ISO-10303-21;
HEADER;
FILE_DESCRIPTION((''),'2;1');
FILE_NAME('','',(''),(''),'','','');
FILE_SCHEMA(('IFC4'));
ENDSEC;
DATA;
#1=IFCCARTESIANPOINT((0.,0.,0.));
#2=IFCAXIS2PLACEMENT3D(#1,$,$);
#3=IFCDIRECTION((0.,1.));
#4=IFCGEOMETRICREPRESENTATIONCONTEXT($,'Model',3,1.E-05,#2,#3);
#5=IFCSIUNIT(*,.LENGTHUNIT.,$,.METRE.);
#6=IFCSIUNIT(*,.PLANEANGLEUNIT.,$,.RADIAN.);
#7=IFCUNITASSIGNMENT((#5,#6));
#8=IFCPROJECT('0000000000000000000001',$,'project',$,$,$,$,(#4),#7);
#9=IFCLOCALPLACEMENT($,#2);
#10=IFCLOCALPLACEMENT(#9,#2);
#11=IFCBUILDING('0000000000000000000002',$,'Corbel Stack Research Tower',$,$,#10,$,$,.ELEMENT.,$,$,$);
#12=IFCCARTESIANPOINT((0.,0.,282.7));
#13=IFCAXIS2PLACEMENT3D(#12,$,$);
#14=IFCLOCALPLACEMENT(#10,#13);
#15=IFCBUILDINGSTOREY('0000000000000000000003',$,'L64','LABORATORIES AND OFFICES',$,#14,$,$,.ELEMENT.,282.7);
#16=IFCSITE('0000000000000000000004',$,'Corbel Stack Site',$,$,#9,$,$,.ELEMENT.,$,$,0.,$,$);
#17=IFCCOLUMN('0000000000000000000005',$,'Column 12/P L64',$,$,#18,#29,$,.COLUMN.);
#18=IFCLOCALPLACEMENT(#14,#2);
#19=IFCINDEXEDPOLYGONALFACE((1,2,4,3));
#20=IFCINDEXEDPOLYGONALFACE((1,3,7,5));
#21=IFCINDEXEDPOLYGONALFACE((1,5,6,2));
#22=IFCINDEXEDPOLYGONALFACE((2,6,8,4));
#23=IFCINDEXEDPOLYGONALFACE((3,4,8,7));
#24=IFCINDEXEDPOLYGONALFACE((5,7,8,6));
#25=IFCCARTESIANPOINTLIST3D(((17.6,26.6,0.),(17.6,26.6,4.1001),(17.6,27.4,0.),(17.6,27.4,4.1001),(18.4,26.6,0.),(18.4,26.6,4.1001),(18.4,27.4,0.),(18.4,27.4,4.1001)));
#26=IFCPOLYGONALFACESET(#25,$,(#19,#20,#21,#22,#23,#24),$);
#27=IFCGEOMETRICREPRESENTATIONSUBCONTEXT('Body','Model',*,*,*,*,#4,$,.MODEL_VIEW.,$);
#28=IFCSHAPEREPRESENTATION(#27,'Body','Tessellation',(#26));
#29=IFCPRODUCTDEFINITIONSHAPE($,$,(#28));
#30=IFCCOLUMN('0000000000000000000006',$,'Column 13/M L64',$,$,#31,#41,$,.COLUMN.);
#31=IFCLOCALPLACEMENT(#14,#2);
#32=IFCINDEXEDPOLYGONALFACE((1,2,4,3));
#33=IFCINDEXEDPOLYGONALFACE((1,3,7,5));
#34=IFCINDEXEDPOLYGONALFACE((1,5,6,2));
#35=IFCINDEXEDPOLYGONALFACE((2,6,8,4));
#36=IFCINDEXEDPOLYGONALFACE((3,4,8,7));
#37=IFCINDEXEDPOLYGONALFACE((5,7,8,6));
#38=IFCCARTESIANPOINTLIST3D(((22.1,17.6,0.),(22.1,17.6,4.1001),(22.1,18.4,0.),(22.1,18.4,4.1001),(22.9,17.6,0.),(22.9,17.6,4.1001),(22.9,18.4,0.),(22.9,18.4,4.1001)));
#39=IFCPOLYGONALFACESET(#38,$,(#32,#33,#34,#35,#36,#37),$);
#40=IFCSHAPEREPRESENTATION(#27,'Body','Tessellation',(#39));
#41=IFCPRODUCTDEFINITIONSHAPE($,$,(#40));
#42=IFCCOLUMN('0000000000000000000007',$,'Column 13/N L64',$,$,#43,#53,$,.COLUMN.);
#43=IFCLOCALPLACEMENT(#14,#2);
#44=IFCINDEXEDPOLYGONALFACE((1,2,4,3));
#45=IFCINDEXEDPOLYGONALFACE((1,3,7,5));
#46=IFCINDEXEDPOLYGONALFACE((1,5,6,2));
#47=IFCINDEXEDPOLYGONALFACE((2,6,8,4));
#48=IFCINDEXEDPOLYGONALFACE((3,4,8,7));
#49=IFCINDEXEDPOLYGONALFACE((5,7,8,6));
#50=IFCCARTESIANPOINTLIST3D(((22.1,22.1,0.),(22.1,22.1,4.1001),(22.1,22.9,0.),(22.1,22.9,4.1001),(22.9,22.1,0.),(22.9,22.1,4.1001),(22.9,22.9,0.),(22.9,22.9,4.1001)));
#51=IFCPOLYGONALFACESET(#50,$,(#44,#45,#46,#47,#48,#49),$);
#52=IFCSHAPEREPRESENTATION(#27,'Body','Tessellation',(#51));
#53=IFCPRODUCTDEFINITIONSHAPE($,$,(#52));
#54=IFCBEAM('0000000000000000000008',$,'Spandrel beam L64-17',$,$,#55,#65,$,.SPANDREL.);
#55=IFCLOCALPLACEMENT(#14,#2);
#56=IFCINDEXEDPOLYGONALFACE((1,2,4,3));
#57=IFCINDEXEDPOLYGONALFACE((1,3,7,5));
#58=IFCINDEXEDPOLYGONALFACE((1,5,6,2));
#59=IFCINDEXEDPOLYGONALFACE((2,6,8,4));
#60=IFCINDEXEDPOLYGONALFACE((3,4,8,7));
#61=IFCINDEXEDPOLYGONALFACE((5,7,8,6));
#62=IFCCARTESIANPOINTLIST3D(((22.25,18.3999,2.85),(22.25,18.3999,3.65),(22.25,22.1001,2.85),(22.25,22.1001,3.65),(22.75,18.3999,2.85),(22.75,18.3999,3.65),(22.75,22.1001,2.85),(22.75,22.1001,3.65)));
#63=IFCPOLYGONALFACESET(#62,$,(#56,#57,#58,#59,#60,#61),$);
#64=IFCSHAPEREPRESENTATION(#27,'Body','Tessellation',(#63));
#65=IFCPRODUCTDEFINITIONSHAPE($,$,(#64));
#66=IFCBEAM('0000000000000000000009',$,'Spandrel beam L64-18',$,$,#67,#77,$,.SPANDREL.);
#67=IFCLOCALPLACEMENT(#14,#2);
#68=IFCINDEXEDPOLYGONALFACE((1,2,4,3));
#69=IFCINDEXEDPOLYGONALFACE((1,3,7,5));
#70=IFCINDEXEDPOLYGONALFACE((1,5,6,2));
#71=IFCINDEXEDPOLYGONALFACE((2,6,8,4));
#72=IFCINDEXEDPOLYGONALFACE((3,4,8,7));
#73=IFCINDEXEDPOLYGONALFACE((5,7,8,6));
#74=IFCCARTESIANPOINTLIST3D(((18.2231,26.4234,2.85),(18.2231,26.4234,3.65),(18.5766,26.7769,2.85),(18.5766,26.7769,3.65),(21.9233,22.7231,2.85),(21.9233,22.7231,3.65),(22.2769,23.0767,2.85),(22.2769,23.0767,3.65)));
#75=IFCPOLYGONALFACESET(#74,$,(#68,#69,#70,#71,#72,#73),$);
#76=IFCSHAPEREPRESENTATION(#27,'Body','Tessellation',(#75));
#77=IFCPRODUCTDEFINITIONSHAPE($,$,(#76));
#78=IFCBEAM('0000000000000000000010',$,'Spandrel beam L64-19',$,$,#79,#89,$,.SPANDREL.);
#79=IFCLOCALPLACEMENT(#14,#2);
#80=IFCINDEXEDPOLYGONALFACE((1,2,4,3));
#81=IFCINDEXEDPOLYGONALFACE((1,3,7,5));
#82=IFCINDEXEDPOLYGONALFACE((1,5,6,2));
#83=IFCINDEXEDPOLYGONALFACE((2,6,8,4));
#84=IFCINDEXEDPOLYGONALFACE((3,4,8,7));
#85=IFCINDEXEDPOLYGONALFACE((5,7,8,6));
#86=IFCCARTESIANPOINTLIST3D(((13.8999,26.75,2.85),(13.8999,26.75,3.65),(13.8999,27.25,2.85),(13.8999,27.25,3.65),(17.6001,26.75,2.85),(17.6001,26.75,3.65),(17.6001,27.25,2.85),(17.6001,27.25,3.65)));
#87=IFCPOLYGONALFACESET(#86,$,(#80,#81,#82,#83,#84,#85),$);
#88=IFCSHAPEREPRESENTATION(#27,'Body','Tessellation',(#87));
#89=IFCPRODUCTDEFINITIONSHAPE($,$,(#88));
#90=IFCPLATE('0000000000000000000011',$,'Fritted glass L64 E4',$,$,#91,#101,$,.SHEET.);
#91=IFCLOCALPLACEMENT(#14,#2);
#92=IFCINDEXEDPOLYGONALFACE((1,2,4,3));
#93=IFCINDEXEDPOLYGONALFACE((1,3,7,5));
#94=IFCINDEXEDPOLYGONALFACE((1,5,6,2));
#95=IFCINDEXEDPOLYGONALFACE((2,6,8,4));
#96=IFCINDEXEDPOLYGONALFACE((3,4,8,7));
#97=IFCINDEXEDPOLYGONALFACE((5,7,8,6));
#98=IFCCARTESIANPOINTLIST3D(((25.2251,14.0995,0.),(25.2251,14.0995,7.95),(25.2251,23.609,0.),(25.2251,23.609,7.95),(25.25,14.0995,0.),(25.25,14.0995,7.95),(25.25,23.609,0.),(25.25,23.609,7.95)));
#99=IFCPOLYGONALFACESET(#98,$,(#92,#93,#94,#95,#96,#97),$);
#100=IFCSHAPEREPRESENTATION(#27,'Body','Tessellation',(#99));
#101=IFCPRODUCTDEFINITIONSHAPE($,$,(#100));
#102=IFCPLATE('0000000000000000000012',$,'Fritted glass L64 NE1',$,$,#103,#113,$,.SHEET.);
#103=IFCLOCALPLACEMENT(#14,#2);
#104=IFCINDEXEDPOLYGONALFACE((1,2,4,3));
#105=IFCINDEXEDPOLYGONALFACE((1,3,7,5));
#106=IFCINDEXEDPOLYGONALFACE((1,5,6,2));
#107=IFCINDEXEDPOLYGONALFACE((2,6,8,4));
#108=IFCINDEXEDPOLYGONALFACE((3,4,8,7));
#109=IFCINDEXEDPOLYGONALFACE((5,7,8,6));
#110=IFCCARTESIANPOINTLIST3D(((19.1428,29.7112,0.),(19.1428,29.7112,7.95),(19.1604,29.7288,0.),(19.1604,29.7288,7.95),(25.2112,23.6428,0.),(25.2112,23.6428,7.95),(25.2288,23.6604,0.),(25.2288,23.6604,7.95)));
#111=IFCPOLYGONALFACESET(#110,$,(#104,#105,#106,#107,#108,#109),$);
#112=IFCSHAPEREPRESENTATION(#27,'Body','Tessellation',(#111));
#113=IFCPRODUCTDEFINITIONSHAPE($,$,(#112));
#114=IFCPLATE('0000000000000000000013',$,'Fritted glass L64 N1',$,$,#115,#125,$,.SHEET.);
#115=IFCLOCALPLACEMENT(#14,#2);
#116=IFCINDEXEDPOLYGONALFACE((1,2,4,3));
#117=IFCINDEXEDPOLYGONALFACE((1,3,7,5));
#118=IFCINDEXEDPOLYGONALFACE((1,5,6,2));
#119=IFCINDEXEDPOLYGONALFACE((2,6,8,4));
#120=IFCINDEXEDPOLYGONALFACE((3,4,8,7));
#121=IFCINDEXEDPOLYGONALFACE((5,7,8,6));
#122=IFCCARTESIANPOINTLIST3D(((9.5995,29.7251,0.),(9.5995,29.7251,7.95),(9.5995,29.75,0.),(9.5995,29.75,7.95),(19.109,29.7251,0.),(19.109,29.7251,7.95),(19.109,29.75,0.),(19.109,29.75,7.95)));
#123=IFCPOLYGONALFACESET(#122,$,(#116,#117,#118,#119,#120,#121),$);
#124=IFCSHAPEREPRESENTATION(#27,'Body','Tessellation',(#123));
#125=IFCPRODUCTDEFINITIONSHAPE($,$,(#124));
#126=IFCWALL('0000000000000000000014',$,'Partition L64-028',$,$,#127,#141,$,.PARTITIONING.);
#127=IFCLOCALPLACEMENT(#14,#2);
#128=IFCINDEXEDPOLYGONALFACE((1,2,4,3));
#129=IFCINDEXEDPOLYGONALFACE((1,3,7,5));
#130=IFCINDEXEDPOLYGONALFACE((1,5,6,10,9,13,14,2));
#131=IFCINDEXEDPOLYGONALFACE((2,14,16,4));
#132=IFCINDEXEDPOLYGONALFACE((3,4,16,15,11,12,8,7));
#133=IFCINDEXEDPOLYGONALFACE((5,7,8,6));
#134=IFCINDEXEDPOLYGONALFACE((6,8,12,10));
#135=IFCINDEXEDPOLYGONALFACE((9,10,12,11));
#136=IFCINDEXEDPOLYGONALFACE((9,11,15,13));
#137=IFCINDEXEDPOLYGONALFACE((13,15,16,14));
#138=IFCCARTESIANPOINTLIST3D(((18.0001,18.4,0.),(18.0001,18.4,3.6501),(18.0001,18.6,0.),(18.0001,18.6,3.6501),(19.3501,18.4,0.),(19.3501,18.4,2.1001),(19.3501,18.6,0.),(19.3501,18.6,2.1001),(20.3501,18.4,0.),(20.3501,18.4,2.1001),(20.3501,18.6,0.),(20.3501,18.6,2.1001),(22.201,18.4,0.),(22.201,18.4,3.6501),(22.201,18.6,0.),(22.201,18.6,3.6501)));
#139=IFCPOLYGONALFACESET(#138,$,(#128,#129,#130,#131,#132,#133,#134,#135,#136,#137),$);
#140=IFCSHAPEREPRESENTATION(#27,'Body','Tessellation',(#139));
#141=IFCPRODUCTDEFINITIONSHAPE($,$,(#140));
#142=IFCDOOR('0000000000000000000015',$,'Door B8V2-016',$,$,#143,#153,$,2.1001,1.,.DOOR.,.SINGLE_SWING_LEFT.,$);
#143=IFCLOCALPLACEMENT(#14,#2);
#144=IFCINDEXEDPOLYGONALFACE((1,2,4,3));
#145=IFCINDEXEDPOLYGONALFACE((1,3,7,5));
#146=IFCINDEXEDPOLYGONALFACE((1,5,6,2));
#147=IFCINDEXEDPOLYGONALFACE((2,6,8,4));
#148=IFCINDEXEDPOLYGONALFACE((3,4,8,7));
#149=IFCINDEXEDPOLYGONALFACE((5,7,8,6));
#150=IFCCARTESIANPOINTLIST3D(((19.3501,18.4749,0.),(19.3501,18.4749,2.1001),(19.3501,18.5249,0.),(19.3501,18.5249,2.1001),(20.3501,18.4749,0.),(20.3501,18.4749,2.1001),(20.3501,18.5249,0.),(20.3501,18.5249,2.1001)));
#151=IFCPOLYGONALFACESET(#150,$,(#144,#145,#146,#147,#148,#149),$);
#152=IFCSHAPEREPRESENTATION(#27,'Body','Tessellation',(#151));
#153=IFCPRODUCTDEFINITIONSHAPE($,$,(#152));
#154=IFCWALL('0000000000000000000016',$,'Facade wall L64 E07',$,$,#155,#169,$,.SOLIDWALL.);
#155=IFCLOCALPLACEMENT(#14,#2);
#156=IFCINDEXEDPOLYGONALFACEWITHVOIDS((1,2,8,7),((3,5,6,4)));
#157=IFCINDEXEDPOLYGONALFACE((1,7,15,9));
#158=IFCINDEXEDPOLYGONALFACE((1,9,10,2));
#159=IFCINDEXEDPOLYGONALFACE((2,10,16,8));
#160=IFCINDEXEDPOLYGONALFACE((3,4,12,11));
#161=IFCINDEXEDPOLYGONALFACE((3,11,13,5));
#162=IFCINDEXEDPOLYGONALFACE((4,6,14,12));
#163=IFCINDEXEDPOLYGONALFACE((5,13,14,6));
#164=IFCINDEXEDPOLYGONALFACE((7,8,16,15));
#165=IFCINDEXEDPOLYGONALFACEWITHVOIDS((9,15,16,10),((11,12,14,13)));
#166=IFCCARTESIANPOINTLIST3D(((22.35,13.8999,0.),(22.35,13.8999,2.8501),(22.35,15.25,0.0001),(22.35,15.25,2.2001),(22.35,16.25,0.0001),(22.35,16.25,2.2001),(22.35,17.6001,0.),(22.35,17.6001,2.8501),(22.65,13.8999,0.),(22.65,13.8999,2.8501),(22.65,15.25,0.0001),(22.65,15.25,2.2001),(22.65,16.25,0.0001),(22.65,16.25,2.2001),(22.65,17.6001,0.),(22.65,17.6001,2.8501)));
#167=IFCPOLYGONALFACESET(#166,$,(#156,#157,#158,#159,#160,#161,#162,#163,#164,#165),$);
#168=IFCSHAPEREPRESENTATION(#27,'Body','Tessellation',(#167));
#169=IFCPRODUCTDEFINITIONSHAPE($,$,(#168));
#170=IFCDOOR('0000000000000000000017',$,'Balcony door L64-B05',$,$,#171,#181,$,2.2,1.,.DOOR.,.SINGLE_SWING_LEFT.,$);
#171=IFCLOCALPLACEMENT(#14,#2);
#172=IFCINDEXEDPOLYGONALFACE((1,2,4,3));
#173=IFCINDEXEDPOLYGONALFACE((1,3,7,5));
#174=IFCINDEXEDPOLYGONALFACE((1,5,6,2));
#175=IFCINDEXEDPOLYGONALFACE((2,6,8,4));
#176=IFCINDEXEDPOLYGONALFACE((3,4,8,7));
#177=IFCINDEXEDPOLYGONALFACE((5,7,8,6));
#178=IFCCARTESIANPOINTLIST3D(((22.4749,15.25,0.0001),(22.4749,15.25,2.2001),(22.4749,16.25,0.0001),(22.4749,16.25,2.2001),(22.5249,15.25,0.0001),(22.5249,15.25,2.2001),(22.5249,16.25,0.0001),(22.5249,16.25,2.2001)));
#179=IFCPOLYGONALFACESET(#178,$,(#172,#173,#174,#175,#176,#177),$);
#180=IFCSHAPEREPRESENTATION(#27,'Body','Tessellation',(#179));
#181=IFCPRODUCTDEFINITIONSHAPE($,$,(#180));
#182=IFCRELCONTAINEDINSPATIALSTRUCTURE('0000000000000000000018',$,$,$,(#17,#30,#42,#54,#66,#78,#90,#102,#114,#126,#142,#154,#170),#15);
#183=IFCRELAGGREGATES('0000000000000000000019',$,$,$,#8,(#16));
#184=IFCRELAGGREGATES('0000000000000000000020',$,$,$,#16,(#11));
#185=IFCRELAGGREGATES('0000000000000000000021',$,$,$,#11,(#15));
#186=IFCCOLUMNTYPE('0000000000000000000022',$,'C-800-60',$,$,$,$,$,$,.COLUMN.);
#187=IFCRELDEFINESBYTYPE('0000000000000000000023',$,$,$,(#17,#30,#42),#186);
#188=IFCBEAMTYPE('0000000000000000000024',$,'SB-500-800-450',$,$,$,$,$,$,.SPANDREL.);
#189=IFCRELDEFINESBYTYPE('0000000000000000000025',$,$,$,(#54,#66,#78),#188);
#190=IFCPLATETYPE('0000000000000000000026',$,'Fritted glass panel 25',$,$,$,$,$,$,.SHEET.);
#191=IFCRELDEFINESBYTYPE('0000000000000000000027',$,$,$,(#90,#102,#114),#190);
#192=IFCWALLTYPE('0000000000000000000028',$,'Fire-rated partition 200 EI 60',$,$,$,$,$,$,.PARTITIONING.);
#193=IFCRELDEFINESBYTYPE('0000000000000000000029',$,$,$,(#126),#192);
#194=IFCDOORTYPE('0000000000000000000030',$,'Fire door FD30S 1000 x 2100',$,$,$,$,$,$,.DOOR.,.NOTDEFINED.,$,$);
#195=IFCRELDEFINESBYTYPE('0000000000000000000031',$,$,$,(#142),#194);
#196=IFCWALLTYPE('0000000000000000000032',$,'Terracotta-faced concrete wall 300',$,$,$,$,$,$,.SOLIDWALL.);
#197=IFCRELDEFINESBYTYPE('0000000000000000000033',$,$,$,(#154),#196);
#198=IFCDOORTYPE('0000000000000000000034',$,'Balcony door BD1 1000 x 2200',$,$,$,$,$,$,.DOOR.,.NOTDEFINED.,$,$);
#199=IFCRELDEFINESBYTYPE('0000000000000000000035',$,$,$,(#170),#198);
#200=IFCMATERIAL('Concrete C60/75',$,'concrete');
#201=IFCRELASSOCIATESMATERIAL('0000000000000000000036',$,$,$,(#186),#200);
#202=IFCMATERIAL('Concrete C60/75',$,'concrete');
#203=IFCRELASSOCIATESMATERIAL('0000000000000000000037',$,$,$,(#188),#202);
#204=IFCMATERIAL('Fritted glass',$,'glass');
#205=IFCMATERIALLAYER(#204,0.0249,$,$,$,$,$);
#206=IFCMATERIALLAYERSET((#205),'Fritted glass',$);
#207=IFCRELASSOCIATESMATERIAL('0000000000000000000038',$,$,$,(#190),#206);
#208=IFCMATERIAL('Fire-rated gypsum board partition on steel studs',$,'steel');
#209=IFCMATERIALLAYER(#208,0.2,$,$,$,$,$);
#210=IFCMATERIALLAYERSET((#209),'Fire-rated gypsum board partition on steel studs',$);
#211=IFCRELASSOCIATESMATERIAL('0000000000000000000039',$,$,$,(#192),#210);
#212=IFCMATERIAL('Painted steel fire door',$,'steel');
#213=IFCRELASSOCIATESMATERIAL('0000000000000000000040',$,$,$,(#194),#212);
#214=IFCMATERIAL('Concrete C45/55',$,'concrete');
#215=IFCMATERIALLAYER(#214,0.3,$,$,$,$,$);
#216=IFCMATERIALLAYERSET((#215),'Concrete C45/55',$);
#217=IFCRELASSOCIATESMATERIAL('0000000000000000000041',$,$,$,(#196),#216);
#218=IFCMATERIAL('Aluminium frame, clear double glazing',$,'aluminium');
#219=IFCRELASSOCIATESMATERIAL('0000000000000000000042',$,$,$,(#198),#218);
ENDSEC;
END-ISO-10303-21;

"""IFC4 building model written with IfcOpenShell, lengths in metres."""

from ifc_helpers import new_model, si_unit, direction, frame, frame_2d, origin, origin_2d, place, context, subcontext, project, spatial, rectangle, extrude, material, layer, layer_set, material_profile, profile_set, type_object, element, fill, save


model = new_model("IFC4")

# Units and contexts
model_context = context("Model", 3, precision=1e-05, world=origin(), true_north=direction((0.0, 1.0)))
body_context = subcontext(model_context, "Body", "Model", "MODEL_VIEW")
ifc_project = project(units=[si_unit("LENGTHUNIT", "METRE"), si_unit("PLANEANGLEUNIT", "RADIAN")], contexts=[model_context])

# Site, building, storey
site_placement = place(None, origin())
site = spatial("IfcSite", under=ifc_project, at=site_placement, Name="Corbel Stack Site", CompositionType="ELEMENT", RefElevation=0.0)
building_placement = place(site_placement, origin())
building = spatial("IfcBuilding", under=site, at=building_placement, Name="Corbel Stack Research Tower", CompositionType="ELEMENT")
storey_placement = place(building_placement, frame((0.0, 0.0, 282.7)))
storey = spatial("IfcBuildingStorey", under=building, at=storey_placement, Name="L64", Description="LABORATORIES AND OFFICES", CompositionType="ELEMENT", Elevation=282.7)

# Columns
ifc_material_1 = material(Name="Concrete C60/75", Category="concrete")
ifc_material_profile_1 = material_profile(ifc_material_1, rectangle(XDim=0.8, YDim=0.8, at=origin_2d()), Name="RC 800 x 800")
ifc_profile_set_1 = profile_set([ifc_material_profile_1], Name="Concrete C60/75")
column_type = type_object("IfcColumnType", Name="C-800-60", PredefinedType="COLUMN", material=ifc_profile_set_1)
for number, where, z_axis, x_axis, name in (
    (1, (18.0, 27.0, 0.0), (0.0, 0.0, 1.0), (1.0, 0.0, 0.0), "Column 12/P L64"),
    (2, (22.5, 18.0, 0.0), (0.0, 0.0, 1.0), (1.0, 0.0, 0.0), "Column 13/M L64"),
    (3, (22.5, 22.5, 0.0), (0.0, 0.0, 1.0), (1.0, 0.0, 0.0), "Column 13/N L64"),
):
    element("IfcColumn", number, at=place(storey_placement, frame(where, z_axis=z_axis, x_axis=x_axis)), inside=storey, type_object=column_type, Name=name, PredefinedType="COLUMN", context=body_context, shape_type="SweptSolid", body=[
        extrude(rectangle(XDim=0.8, YDim=0.8, at=origin_2d()), origin(), (0.0, 0.0, 1.0), 4.1001),
    ])

# Beams
ifc_material_2 = material(Name="Concrete C60/75", Category="concrete")
ifc_material_profile_2 = material_profile(ifc_material_2, rectangle(XDim=0.5, YDim=0.8, at=origin_2d()), Name="RC 500 x 800")
ifc_profile_set_2 = profile_set([ifc_material_profile_2], Name="Concrete C60/75")
beam_type = type_object("IfcBeamType", Name="SB-500-800-450", PredefinedType="SPANDREL", material=ifc_profile_set_2)
beam_1_placement = place(storey_placement, frame((22.5, 18.3999, 3.25), z_axis=(0.0, 1.0, 0.0), x_axis=(-1.0, 0.0, 0.0)))
element("IfcBeam", 4, at=beam_1_placement, inside=storey, type_object=beam_type, Name="Spandrel beam L64-17", PredefinedType="SPANDREL", context=body_context, shape_type="SweptSolid", body=[
    extrude(rectangle(XDim=0.5, YDim=0.8, at=origin_2d()), origin(), (0.0, 0.0, 1.0), 3.7002),
])
beam_2_placement = place(storey_placement, frame((22.1001, 22.8999, 3.25), z_axis=(-0.707107, 0.707107, 0.0), x_axis=(-0.707107, -0.707107, 0.0)))
element("IfcBeam", 5, at=beam_2_placement, inside=storey, type_object=beam_type, Name="Spandrel beam L64-18", PredefinedType="SPANDREL", context=body_context, shape_type="SweptSolid", body=[
    extrude(rectangle(XDim=0.5, YDim=0.8, at=origin_2d()), origin(), (0.0, 0.0, 1.0), 5.2329),
])
beam_3_placement = place(storey_placement, frame((17.6001, 27.0, 3.25), z_axis=(-1.0, 0.0, 0.0), x_axis=(0.0, -1.0, 0.0)))
element("IfcBeam", 6, at=beam_3_placement, inside=storey, type_object=beam_type, Name="Spandrel beam L64-19", PredefinedType="SPANDREL", context=body_context, shape_type="SweptSolid", body=[
    extrude(rectangle(XDim=0.5, YDim=0.8, at=origin_2d()), origin(), (0.0, 0.0, 1.0), 3.7002),
])

# Plates
ifc_material_3 = material(Name="Fritted glass", Category="glass")
ifc_layer_1 = layer(ifc_material_3, 0.0249)
ifc_layer_set_1 = layer_set([ifc_layer_1], Name="Fritted glass")
plate_type = type_object("IfcPlateType", Name="Fritted glass panel 25", PredefinedType="SHEET", material=ifc_layer_set_1)
plate_1_placement = place(storey_placement, frame((25.2375, 18.8542, 0.0), z_axis=(0.0, 0.0, 1.0), x_axis=(0.0, 1.0, 0.0)))
element("IfcPlate", 7, at=plate_1_placement, inside=storey, type_object=plate_type, Name="Fritted glass L64 E4", PredefinedType="SHEET", context=body_context, shape_type="SweptSolid", body=[
    extrude(rectangle(XDim=9.5095, YDim=0.0249, at=origin_2d()), origin(), (0.0, 0.0, 1.0), 7.95),
])
plate_2_placement = place(storey_placement, frame((22.1858, 26.6858, 0.0), z_axis=(0.0, 0.0, 1.0), x_axis=(-0.707107, 0.707107, 0.0)))
element("IfcPlate", 8, at=plate_2_placement, inside=storey, type_object=plate_type, Name="Fritted glass L64 NE1", PredefinedType="SHEET", context=body_context, shape_type="SweptSolid", body=[
    extrude(rectangle(XDim=8.582, YDim=0.0249, at=origin_2d()), origin(), (0.0, 0.0, 1.0), 7.95),
])
plate_3_placement = place(storey_placement, frame((14.3542, 29.7375, 0.0), z_axis=(0.0, 0.0, 1.0), x_axis=(-1.0, 0.0, 0.0)))
element("IfcPlate", 9, at=plate_3_placement, inside=storey, type_object=plate_type, Name="Fritted glass L64 N1", PredefinedType="SHEET", context=body_context, shape_type="SweptSolid", body=[
    extrude(rectangle(XDim=9.5095, YDim=0.0249, at=origin_2d()), origin(), (0.0, 0.0, 1.0), 7.95),
])

# Walls, openings, doors
ifc_material_4 = material(Name="Fire-rated gypsum board partition on steel studs", Category="steel")
ifc_layer_2 = layer(ifc_material_4, 0.2)
ifc_layer_set_2 = layer_set([ifc_layer_2], Name="Fire-rated gypsum board partition on steel studs")
wall_type_1 = type_object("IfcWallType", Name="Fire-rated partition 200 EI 60", PredefinedType="PARTITIONING", material=ifc_layer_set_2)
wall_1_placement = place(storey_placement, frame((18.0, 18.5, 0.0), z_axis=(0.0, 0.0, 1.0), x_axis=(1.0, 0.0, 0.0)))
wall_1 = element("IfcWall", 10, at=wall_1_placement, inside=storey, type_object=wall_type_1, Name="Partition L64-028", PredefinedType="PARTITIONING", context=body_context, shape_type="SweptSolid", body=[
    extrude(rectangle(XDim=4.2009, YDim=0.2, at=frame_2d((2.1006, 0.0))), origin(), (0.0, 0.0, 1.0), 3.6501),
])
opening_1_placement = place(wall_1_placement, frame((1.3501, 0.0, 0.0)))
opening_1 = element("IfcOpeningElement", 11, at=opening_1_placement, cuts=wall_1, PredefinedType="OPENING", context=body_context, shape_type="SweptSolid", body=[
    extrude(rectangle(XDim=1.0, YDim=2.1001, at=frame_2d((0.5, 1.05))), frame((0.0, 0.1099, 0.0), z_axis=(0.0, -1.0, 0.0), x_axis=(1.0, 0.0, 0.0)), (0.0, 0.0, 1.0), 0.22),
])
ifc_material_5 = material(Name="Painted steel fire door", Category="steel")
door_type_1 = type_object("IfcDoorType", Name="Fire door FD30S 1000 x 2100", OperationType="NOTDEFINED", PredefinedType="DOOR", material=ifc_material_5)
door_1_placement = place(opening_1_placement, origin())
door_1 = element("IfcDoor", 12, at=door_1_placement, inside=storey, type_object=door_type_1, Name="Door B8V2-016", OperationType="SINGLE_SWING_LEFT", OverallHeight=2.1001, OverallWidth=1.0, PredefinedType="DOOR", context=body_context, shape_type="SweptSolid", body=[
    extrude(rectangle(XDim=1.0, YDim=2.1001, at=frame_2d((0.5, 1.05))), frame((0.0, 0.0249, 0.0), z_axis=(0.0, -1.0, 0.0), x_axis=(1.0, 0.0, 0.0)), (0.0, 0.0, 1.0), 0.05),
])
fill(opening_1, door_1)
ifc_material_6 = material(Name="Concrete C45/55", Category="concrete")
ifc_layer_3 = layer(ifc_material_6, 0.3)
ifc_layer_set_3 = layer_set([ifc_layer_3], Name="Concrete C45/55")
wall_type_2 = type_object("IfcWallType", Name="Terracotta-faced concrete wall 300", PredefinedType="SOLIDWALL", material=ifc_layer_set_3)
wall_2_placement = place(storey_placement, frame((22.5, 17.6001, 0.0), z_axis=(0.0, 0.0, 1.0), x_axis=(0.0, -1.0, 0.0)))
wall_2 = element("IfcWall", 13, at=wall_2_placement, inside=storey, type_object=wall_type_2, Name="Facade wall L64 E07", PredefinedType="SOLIDWALL", context=body_context, shape_type="SweptSolid", body=[
    extrude(rectangle(XDim=3.7002, YDim=0.3, at=frame_2d((1.8501, 0.0))), origin(), (0.0, 0.0, 1.0), 2.8501),
])
opening_2_placement = place(wall_2_placement, frame((1.3501, 0.0, 0.0)))
opening_2 = element("IfcOpeningElement", 14, at=opening_2_placement, cuts=wall_2, PredefinedType="OPENING", context=body_context, shape_type="SweptSolid", body=[
    extrude(rectangle(XDim=1.0, YDim=2.2, at=frame_2d((0.5, 1.1001))), frame((0.0, 0.1599, 0.0), z_axis=(0.0, -1.0, 0.0), x_axis=(1.0, 0.0, 0.0)), (0.0, 0.0, 1.0), 0.3201),
])
ifc_material_7 = material(Name="Aluminium frame, clear double glazing", Category="aluminium")
door_type_2 = type_object("IfcDoorType", Name="Balcony door BD1 1000 x 2200", OperationType="NOTDEFINED", PredefinedType="DOOR", material=ifc_material_7)
door_2_placement = place(opening_2_placement, origin())
door_2 = element("IfcDoor", 15, at=door_2_placement, inside=storey, type_object=door_type_2, Name="Balcony door L64-B05", OperationType="SINGLE_SWING_LEFT", OverallHeight=2.2, OverallWidth=1.0, PredefinedType="DOOR", context=body_context, shape_type="SweptSolid", body=[
    extrude(rectangle(XDim=1.0, YDim=2.2, at=frame_2d((0.5, 1.1001))), frame((0.0, 0.0249, 0.0), z_axis=(0.0, -1.0, 0.0), x_axis=(1.0, 0.0, 0.0)), (0.0, 0.0, 1.0), 0.05),
])
fill(opening_2, door_2)

save(model, "model.ifc")
